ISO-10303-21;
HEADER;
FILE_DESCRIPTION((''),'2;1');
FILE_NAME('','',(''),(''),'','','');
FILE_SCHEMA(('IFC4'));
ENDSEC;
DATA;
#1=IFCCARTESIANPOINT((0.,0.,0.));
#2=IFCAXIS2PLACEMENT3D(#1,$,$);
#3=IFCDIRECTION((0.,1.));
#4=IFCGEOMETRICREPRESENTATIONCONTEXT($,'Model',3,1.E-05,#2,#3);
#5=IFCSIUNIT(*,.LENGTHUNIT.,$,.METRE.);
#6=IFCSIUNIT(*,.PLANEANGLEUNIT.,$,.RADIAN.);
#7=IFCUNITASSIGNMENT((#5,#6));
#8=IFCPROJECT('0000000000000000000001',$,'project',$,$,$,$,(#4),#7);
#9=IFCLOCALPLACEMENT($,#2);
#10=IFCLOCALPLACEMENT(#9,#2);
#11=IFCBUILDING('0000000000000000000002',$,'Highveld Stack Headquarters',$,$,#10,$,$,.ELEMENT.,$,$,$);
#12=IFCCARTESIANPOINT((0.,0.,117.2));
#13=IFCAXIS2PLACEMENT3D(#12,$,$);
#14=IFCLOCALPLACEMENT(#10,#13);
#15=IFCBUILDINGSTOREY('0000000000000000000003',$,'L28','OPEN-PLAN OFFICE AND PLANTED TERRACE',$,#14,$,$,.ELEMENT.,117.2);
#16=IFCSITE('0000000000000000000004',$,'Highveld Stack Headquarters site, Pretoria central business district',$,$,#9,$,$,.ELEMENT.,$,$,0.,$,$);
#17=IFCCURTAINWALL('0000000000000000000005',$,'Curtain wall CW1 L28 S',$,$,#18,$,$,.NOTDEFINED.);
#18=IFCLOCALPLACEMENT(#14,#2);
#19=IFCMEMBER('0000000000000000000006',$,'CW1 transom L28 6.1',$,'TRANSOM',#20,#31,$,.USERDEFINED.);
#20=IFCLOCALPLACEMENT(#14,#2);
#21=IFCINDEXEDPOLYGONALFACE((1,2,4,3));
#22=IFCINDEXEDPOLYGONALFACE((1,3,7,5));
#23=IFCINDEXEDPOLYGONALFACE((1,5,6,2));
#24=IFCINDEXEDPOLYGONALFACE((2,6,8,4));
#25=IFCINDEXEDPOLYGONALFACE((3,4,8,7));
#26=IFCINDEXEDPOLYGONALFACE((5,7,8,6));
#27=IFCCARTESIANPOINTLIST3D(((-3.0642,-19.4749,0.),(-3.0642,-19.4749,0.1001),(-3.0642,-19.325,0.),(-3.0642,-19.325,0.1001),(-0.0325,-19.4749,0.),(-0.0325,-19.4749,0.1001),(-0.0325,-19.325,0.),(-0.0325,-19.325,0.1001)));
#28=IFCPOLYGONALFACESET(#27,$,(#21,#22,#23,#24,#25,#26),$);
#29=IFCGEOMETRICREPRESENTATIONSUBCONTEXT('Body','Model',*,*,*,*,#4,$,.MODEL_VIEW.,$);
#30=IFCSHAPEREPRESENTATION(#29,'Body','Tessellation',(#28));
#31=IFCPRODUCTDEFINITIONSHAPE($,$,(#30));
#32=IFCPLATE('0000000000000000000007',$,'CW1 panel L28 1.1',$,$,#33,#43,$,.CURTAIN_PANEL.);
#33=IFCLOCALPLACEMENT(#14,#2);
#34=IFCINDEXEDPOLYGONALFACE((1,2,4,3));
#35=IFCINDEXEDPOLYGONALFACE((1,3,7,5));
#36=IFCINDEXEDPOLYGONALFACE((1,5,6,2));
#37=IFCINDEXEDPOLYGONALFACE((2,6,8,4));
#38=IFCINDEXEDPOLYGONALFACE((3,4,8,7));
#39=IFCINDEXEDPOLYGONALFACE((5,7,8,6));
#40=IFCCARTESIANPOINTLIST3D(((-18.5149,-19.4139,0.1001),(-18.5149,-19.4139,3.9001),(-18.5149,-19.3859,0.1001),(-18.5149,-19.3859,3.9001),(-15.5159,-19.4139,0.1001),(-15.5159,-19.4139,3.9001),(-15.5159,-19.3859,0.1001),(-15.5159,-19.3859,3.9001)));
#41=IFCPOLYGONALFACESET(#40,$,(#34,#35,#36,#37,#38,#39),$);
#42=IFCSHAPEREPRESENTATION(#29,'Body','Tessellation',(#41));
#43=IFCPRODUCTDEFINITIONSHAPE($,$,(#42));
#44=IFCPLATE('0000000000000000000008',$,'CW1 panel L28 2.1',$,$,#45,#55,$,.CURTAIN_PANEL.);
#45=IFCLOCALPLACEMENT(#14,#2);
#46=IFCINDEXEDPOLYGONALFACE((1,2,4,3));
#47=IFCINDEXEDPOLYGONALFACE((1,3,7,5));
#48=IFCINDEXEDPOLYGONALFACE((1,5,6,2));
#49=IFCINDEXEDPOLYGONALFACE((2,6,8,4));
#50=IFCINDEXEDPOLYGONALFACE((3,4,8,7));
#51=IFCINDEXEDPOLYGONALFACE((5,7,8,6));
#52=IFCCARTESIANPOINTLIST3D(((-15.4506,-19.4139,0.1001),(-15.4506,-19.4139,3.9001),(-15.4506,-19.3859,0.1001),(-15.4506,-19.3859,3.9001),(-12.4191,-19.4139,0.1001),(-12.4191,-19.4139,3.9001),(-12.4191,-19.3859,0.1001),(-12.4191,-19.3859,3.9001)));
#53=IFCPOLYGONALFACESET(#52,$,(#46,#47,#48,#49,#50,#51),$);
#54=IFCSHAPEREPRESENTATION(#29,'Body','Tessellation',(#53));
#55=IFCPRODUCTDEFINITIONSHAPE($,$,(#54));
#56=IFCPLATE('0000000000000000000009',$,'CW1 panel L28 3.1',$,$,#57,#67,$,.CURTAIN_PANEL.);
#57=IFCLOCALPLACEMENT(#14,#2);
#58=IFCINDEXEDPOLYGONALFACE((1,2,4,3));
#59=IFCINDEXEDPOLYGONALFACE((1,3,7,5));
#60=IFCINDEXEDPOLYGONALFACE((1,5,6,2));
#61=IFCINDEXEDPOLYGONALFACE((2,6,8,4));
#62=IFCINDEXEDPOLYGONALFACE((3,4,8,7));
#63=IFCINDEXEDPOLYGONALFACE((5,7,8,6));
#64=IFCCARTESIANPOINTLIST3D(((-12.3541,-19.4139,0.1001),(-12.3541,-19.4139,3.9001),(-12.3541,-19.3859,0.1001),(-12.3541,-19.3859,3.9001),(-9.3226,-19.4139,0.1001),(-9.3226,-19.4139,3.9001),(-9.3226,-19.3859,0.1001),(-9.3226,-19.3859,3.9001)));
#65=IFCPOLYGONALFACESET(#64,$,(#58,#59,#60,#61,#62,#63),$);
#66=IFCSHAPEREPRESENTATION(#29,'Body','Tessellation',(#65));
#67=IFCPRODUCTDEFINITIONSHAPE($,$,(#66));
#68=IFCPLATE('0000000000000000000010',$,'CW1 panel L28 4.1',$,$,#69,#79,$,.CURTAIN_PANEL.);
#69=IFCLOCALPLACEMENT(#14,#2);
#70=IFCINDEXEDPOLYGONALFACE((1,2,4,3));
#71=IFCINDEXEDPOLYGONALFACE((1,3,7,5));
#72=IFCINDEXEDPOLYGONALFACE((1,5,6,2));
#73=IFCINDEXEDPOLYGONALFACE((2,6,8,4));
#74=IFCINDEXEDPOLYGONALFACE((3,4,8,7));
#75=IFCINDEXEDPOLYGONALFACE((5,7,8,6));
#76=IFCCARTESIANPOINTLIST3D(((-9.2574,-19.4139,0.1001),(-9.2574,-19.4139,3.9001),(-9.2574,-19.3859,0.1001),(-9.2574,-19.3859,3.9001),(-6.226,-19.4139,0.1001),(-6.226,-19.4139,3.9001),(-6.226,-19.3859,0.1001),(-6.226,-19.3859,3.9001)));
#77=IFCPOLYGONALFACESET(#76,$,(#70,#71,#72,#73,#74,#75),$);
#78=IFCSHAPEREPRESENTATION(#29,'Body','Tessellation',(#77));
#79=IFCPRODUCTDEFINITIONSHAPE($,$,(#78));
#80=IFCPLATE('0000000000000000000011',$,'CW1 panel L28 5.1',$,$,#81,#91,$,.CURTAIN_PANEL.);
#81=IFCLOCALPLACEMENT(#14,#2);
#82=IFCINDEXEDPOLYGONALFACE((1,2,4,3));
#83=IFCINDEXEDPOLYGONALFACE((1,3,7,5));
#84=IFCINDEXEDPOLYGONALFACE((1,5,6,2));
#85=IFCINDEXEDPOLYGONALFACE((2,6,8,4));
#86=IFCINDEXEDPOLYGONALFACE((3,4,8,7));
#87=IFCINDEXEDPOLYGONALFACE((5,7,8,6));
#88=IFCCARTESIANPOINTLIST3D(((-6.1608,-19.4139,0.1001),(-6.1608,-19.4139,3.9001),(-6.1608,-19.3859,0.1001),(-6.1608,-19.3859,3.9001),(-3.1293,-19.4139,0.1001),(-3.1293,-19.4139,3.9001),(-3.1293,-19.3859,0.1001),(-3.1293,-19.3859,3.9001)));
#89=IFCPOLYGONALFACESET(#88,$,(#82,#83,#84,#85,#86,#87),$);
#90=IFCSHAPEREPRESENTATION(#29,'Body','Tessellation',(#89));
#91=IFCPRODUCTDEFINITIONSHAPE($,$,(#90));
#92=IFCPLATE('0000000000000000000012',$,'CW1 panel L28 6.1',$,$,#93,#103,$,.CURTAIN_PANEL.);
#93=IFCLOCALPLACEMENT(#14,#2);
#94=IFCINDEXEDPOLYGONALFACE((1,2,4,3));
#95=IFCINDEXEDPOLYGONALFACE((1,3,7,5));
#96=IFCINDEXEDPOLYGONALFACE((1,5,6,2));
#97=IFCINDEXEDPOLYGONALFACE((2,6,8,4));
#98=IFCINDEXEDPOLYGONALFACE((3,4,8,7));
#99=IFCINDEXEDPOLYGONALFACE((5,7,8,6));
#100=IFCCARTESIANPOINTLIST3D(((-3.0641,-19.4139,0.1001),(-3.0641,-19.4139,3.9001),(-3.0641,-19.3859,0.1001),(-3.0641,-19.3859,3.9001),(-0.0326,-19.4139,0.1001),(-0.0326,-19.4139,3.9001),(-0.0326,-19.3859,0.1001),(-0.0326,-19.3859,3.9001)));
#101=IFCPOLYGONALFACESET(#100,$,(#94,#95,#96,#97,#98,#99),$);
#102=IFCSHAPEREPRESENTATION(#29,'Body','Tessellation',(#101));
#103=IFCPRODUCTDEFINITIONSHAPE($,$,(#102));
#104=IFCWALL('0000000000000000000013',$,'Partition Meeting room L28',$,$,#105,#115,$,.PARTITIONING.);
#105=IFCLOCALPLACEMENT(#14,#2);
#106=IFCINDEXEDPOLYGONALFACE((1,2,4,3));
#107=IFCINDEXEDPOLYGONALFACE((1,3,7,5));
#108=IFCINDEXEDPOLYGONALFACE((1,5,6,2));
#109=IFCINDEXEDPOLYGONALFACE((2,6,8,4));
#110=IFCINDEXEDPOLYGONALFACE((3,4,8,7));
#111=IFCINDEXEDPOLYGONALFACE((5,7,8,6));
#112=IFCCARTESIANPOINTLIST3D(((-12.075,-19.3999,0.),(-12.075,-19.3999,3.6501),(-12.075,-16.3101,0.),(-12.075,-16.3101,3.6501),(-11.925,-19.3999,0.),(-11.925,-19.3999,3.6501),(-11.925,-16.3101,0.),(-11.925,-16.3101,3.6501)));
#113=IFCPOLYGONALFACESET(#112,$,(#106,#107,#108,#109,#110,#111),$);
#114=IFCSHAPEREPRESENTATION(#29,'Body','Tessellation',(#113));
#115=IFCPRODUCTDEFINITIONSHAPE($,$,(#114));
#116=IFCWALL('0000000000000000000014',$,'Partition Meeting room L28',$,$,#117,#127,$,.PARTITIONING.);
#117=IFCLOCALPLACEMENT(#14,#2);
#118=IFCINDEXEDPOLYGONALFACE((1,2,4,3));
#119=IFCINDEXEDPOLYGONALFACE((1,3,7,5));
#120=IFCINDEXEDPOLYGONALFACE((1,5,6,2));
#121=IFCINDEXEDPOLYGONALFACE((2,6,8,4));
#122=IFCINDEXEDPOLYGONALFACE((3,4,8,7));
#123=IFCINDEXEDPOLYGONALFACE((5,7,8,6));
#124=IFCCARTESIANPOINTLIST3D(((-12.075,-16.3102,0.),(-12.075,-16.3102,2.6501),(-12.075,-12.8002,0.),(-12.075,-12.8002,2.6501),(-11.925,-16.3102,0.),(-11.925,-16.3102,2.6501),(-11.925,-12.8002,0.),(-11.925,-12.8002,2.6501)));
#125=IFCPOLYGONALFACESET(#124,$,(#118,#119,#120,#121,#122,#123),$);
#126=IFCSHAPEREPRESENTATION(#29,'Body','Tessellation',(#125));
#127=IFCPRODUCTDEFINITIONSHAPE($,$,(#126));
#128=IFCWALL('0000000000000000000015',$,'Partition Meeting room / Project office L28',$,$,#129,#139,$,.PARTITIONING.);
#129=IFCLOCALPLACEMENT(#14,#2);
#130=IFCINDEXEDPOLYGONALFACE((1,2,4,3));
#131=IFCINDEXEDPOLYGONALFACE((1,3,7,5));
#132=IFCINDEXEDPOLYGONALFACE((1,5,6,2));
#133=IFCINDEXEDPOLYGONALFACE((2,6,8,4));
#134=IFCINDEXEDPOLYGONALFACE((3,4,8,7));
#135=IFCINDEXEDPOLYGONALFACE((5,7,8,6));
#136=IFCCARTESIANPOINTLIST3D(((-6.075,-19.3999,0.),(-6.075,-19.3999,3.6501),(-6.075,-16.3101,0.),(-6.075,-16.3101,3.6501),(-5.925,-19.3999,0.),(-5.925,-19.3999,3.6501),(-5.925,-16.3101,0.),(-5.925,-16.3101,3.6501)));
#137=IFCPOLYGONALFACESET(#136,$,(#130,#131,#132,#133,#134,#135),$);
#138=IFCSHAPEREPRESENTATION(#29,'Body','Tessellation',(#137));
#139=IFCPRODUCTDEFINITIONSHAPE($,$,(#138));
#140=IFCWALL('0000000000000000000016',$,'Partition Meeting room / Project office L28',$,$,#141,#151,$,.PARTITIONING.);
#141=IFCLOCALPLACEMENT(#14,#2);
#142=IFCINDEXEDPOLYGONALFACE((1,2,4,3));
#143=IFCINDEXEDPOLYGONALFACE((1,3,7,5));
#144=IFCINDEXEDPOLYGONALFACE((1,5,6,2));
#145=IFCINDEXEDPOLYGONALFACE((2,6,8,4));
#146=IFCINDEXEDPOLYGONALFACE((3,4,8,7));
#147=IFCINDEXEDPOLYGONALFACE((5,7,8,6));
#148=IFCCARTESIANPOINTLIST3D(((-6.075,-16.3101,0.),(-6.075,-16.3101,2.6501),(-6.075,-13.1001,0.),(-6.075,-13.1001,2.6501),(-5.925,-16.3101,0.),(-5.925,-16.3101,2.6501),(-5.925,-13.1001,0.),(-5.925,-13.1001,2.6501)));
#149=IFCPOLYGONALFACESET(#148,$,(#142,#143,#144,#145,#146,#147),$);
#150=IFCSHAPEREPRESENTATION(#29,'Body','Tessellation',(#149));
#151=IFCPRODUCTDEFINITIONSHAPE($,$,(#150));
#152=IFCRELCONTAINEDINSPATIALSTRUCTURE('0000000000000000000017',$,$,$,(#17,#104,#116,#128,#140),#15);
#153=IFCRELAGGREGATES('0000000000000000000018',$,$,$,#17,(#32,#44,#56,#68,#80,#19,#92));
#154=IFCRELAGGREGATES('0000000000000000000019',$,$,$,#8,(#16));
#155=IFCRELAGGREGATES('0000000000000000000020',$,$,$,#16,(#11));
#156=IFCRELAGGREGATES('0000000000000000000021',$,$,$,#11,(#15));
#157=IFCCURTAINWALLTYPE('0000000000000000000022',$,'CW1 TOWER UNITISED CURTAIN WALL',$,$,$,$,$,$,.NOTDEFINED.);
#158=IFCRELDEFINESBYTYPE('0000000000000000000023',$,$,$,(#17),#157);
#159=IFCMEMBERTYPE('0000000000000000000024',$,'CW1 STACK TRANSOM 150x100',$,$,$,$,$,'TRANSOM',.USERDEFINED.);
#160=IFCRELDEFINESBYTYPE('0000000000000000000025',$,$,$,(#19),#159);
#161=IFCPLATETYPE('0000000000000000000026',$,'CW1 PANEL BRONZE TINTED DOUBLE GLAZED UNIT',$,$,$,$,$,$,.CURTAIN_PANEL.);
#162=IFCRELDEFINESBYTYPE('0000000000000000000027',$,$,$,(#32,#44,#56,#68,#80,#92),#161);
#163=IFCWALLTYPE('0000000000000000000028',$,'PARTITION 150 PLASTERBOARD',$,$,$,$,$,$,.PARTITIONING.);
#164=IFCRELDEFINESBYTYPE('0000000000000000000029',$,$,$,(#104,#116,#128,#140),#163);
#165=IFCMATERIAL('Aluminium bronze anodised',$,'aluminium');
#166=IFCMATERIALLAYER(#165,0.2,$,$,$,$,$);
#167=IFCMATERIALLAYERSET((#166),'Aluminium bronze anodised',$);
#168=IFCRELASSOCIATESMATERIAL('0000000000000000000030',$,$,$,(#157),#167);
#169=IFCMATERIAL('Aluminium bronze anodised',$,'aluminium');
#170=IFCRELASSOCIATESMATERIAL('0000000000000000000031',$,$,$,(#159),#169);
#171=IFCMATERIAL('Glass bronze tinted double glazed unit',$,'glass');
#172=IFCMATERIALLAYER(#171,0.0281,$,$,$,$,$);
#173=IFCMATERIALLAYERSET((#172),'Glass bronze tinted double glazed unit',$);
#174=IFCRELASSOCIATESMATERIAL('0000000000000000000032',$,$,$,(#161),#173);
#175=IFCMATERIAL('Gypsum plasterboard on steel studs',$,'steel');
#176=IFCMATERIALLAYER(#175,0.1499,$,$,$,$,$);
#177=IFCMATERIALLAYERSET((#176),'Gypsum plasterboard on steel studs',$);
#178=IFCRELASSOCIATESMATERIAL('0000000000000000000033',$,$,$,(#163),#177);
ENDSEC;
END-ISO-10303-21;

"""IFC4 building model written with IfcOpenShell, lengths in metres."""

from ifc_helpers import new_model, si_unit, direction, frame, frame_2d, origin, origin_2d, place, context, subcontext, project, spatial, rectangle, extrude, material, layer, layer_set, material_profile, profile_set, type_object, element, aggregate, save


model = new_model("IFC4")

# Units and contexts
model_context = context("Model", 3, precision=1e-05, world=origin(), true_north=direction((0.0, 1.0)))
body_context = subcontext(model_context, "Body", "Model", "MODEL_VIEW")
ifc_project = project(units=[si_unit("LENGTHUNIT", "METRE"), si_unit("PLANEANGLEUNIT", "RADIAN")], contexts=[model_context])

# Site, building, storey
site_placement = place(None, origin())
site = spatial("IfcSite", under=ifc_project, at=site_placement, Name="Highveld Stack Headquarters site, Pretoria central business district", CompositionType="ELEMENT", RefElevation=0.0)
building_placement = place(site_placement, origin())
building = spatial("IfcBuilding", under=site, at=building_placement, Name="Highveld Stack Headquarters", CompositionType="ELEMENT")
storey_placement = place(building_placement, frame((0.0, 0.0, 117.2)))
storey = spatial("IfcBuildingStorey", under=building, at=storey_placement, Name="L28", Description="OPEN-PLAN OFFICE AND PLANTED TERRACE", CompositionType="ELEMENT", Elevation=117.2)

# Curtain wall, member, plates
ifc_material_1 = material(Name="Aluminium bronze anodised", Category="aluminium")
ifc_layer_1 = layer(ifc_material_1, 0.2)
ifc_layer_set_1 = layer_set([ifc_layer_1], Name="Aluminium bronze anodised")
curtain_wall_type = type_object("IfcCurtainWallType", Name="CW1 TOWER UNITISED CURTAIN WALL", PredefinedType="NOTDEFINED", material=ifc_layer_set_1)
curtain_wall_placement = place(storey_placement, origin())
curtain_wall = element("IfcCurtainWall", 1, at=curtain_wall_placement, inside=storey, type_object=curtain_wall_type, Name="Curtain wall CW1 L28 S", PredefinedType="NOTDEFINED")
ifc_material_2 = material(Name="Aluminium bronze anodised", Category="aluminium")
ifc_material_profile_1 = material_profile(ifc_material_2, rectangle(XDim=0.1499, YDim=0.1001, at=origin_2d()), Name="CW1 TRANSOM 150x100")
ifc_profile_set_1 = profile_set([ifc_material_profile_1], Name="Aluminium bronze anodised")
member_type_1 = type_object("IfcMemberType", Name="CW1 STACK TRANSOM 150x100", ElementType="TRANSOM", PredefinedType="USERDEFINED", material=ifc_profile_set_1)
member_1_placement = place(storey_placement, frame((-3.0642, -19.3999, 0.05), z_axis=(1.0, 0.0, 0.0), x_axis=(0.0, 1.0, 0.0)))
member_1 = element("IfcMember", 2, at=member_1_placement, type_object=member_type_1, Name="CW1 transom L28 6.1", ObjectType="TRANSOM", PredefinedType="USERDEFINED", context=body_context, shape_type="SweptSolid", body=[
    extrude(rectangle(XDim=0.1499, YDim=0.1001, at=origin_2d()), origin(), (0.0, 0.0, 1.0), 3.0317),
])
ifc_material_3 = material(Name="Glass bronze tinted double glazed unit", Category="glass")
ifc_layer_2 = layer(ifc_material_3, 0.0281)
ifc_layer_set_2 = layer_set([ifc_layer_2], Name="Glass bronze tinted double glazed unit")
plate_type = type_object("IfcPlateType", Name="CW1 PANEL BRONZE TINTED DOUBLE GLAZED UNIT", PredefinedType="CURTAIN_PANEL", material=ifc_layer_set_2)
plate_1_placement = place(storey_placement, frame((-17.0154, -19.3999, 0.1001), z_axis=(0.0, 0.0, 1.0), x_axis=(1.0, 0.0, 0.0)))
plate_1 = element("IfcPlate", 3, at=plate_1_placement, type_object=plate_type, Name="CW1 panel L28 1.1", PredefinedType="CURTAIN_PANEL", context=body_context, shape_type="SweptSolid", body=[
    extrude(rectangle(XDim=2.999, YDim=0.0281, at=origin_2d()), origin(), (0.0, 0.0, 1.0), 3.8),
])
plate_2_placement = place(storey_placement, frame((-13.9348, -19.3999, 0.1001), z_axis=(0.0, 0.0, 1.0), x_axis=(1.0, 0.0, 0.0)))
plate_2 = element("IfcPlate", 4, at=plate_2_placement, type_object=plate_type, Name="CW1 panel L28 2.1", PredefinedType="CURTAIN_PANEL", context=body_context, shape_type="SweptSolid", body=[
    extrude(rectangle(XDim=3.0315, YDim=0.0281, at=origin_2d()), origin(), (0.0, 0.0, 1.0), 3.8),
])
plate_3_placement = place(storey_placement, frame((-10.8384, -19.3999, 0.1001), z_axis=(0.0, 0.0, 1.0), x_axis=(1.0, 0.0, 0.0)))
plate_3 = element("IfcPlate", 5, at=plate_3_placement, type_object=plate_type, Name="CW1 panel L28 3.1", PredefinedType="CURTAIN_PANEL", context=body_context, shape_type="SweptSolid", body=[
    extrude(rectangle(XDim=3.0315, YDim=0.0281, at=origin_2d()), origin(), (0.0, 0.0, 1.0), 3.8),
])
plate_4_placement = place(storey_placement, frame((-7.7417, -19.3999, 0.1001), z_axis=(0.0, 0.0, 1.0), x_axis=(1.0, 0.0, 0.0)))
plate_4 = element("IfcPlate", 6, at=plate_4_placement, type_object=plate_type, Name="CW1 panel L28 4.1", PredefinedType="CURTAIN_PANEL", context=body_context, shape_type="SweptSolid", body=[
    extrude(rectangle(XDim=3.0315, YDim=0.0281, at=origin_2d()), origin(), (0.0, 0.0, 1.0), 3.8),
])
plate_5_placement = place(storey_placement, frame((-4.645, -19.3999, 0.1001), z_axis=(0.0, 0.0, 1.0), x_axis=(1.0, 0.0, 0.0)))
plate_5 = element("IfcPlate", 7, at=plate_5_placement, type_object=plate_type, Name="CW1 panel L28 5.1", PredefinedType="CURTAIN_PANEL", context=body_context, shape_type="SweptSolid", body=[
    extrude(rectangle(XDim=3.0315, YDim=0.0281, at=origin_2d()), origin(), (0.0, 0.0, 1.0), 3.8),
])
plate_6_placement = place(storey_placement, frame((-1.5483, -19.3999, 0.1001), z_axis=(0.0, 0.0, 1.0), x_axis=(1.0, 0.0, 0.0)))
plate_6 = element("IfcPlate", 8, at=plate_6_placement, type_object=plate_type, Name="CW1 panel L28 6.1", PredefinedType="CURTAIN_PANEL", context=body_context, shape_type="SweptSolid", body=[
    extrude(rectangle(XDim=3.0315, YDim=0.0281, at=origin_2d()), origin(), (0.0, 0.0, 1.0), 3.8),
])
aggregate(curtain_wall, [plate_1, plate_2, plate_3, plate_4, plate_5, member_1, plate_6])

# Walls
ifc_material_4 = material(Name="Gypsum plasterboard on steel studs", Category="steel")
ifc_layer_3 = layer(ifc_material_4, 0.1499)
ifc_layer_set_3 = layer_set([ifc_layer_3], Name="Gypsum plasterboard on steel studs")
wall_type = type_object("IfcWallType", Name="PARTITION 150 PLASTERBOARD", PredefinedType="PARTITIONING", material=ifc_layer_set_3)
wall_1_placement = place(storey_placement, frame((-12.0, -19.3999, 0.0), z_axis=(0.0, 0.0, 1.0), x_axis=(0.0, 1.0, 0.0)))
element("IfcWall", 9, at=wall_1_placement, inside=storey, type_object=wall_type, Name="Partition Meeting room L28", PredefinedType="PARTITIONING", context=body_context, shape_type="SweptSolid", body=[
    extrude(rectangle(XDim=3.0898, YDim=0.1499, at=frame_2d((1.5449, 0.0))), origin(), (0.0, 0.0, 1.0), 3.6501),
])
wall_2_placement = place(storey_placement, frame((-12.0, -16.3101, 0.0), z_axis=(0.0, 0.0, 1.0), x_axis=(0.0, 1.0, 0.0)))
element("IfcWall", 10, at=wall_2_placement, inside=storey, type_object=wall_type, Name="Partition Meeting room L28", PredefinedType="PARTITIONING", context=body_context, shape_type="SweptSolid", body=[
    extrude(rectangle(XDim=3.51, YDim=0.1499, at=frame_2d((1.7549, 0.0))), origin(), (0.0, 0.0, 1.0), 2.6501),
])
wall_3_placement = place(storey_placement, frame((-6.0, -19.3999, 0.0), z_axis=(0.0, 0.0, 1.0), x_axis=(0.0, 1.0, 0.0)))
element("IfcWall", 11, at=wall_3_placement, inside=storey, type_object=wall_type, Name="Partition Meeting room / Project office L28", PredefinedType="PARTITIONING", context=body_context, shape_type="SweptSolid", body=[
    extrude(rectangle(XDim=3.0898, YDim=0.1499, at=frame_2d((1.5449, 0.0))), origin(), (0.0, 0.0, 1.0), 3.6501),
])
wall_4_placement = place(storey_placement, frame((-6.0, -16.3101, 0.0), z_axis=(0.0, 0.0, 1.0), x_axis=(0.0, 1.0, 0.0)))
element("IfcWall", 12, at=wall_4_placement, inside=storey, type_object=wall_type, Name="Partition Meeting room / Project office L28", PredefinedType="PARTITIONING", context=body_context, shape_type="SweptSolid", body=[
    extrude(rectangle(XDim=3.21, YDim=0.1499, at=frame_2d((1.605, 0.0))), origin(), (0.0, 0.0, 1.0), 2.6501),
])

save(model, "model.ifc")
